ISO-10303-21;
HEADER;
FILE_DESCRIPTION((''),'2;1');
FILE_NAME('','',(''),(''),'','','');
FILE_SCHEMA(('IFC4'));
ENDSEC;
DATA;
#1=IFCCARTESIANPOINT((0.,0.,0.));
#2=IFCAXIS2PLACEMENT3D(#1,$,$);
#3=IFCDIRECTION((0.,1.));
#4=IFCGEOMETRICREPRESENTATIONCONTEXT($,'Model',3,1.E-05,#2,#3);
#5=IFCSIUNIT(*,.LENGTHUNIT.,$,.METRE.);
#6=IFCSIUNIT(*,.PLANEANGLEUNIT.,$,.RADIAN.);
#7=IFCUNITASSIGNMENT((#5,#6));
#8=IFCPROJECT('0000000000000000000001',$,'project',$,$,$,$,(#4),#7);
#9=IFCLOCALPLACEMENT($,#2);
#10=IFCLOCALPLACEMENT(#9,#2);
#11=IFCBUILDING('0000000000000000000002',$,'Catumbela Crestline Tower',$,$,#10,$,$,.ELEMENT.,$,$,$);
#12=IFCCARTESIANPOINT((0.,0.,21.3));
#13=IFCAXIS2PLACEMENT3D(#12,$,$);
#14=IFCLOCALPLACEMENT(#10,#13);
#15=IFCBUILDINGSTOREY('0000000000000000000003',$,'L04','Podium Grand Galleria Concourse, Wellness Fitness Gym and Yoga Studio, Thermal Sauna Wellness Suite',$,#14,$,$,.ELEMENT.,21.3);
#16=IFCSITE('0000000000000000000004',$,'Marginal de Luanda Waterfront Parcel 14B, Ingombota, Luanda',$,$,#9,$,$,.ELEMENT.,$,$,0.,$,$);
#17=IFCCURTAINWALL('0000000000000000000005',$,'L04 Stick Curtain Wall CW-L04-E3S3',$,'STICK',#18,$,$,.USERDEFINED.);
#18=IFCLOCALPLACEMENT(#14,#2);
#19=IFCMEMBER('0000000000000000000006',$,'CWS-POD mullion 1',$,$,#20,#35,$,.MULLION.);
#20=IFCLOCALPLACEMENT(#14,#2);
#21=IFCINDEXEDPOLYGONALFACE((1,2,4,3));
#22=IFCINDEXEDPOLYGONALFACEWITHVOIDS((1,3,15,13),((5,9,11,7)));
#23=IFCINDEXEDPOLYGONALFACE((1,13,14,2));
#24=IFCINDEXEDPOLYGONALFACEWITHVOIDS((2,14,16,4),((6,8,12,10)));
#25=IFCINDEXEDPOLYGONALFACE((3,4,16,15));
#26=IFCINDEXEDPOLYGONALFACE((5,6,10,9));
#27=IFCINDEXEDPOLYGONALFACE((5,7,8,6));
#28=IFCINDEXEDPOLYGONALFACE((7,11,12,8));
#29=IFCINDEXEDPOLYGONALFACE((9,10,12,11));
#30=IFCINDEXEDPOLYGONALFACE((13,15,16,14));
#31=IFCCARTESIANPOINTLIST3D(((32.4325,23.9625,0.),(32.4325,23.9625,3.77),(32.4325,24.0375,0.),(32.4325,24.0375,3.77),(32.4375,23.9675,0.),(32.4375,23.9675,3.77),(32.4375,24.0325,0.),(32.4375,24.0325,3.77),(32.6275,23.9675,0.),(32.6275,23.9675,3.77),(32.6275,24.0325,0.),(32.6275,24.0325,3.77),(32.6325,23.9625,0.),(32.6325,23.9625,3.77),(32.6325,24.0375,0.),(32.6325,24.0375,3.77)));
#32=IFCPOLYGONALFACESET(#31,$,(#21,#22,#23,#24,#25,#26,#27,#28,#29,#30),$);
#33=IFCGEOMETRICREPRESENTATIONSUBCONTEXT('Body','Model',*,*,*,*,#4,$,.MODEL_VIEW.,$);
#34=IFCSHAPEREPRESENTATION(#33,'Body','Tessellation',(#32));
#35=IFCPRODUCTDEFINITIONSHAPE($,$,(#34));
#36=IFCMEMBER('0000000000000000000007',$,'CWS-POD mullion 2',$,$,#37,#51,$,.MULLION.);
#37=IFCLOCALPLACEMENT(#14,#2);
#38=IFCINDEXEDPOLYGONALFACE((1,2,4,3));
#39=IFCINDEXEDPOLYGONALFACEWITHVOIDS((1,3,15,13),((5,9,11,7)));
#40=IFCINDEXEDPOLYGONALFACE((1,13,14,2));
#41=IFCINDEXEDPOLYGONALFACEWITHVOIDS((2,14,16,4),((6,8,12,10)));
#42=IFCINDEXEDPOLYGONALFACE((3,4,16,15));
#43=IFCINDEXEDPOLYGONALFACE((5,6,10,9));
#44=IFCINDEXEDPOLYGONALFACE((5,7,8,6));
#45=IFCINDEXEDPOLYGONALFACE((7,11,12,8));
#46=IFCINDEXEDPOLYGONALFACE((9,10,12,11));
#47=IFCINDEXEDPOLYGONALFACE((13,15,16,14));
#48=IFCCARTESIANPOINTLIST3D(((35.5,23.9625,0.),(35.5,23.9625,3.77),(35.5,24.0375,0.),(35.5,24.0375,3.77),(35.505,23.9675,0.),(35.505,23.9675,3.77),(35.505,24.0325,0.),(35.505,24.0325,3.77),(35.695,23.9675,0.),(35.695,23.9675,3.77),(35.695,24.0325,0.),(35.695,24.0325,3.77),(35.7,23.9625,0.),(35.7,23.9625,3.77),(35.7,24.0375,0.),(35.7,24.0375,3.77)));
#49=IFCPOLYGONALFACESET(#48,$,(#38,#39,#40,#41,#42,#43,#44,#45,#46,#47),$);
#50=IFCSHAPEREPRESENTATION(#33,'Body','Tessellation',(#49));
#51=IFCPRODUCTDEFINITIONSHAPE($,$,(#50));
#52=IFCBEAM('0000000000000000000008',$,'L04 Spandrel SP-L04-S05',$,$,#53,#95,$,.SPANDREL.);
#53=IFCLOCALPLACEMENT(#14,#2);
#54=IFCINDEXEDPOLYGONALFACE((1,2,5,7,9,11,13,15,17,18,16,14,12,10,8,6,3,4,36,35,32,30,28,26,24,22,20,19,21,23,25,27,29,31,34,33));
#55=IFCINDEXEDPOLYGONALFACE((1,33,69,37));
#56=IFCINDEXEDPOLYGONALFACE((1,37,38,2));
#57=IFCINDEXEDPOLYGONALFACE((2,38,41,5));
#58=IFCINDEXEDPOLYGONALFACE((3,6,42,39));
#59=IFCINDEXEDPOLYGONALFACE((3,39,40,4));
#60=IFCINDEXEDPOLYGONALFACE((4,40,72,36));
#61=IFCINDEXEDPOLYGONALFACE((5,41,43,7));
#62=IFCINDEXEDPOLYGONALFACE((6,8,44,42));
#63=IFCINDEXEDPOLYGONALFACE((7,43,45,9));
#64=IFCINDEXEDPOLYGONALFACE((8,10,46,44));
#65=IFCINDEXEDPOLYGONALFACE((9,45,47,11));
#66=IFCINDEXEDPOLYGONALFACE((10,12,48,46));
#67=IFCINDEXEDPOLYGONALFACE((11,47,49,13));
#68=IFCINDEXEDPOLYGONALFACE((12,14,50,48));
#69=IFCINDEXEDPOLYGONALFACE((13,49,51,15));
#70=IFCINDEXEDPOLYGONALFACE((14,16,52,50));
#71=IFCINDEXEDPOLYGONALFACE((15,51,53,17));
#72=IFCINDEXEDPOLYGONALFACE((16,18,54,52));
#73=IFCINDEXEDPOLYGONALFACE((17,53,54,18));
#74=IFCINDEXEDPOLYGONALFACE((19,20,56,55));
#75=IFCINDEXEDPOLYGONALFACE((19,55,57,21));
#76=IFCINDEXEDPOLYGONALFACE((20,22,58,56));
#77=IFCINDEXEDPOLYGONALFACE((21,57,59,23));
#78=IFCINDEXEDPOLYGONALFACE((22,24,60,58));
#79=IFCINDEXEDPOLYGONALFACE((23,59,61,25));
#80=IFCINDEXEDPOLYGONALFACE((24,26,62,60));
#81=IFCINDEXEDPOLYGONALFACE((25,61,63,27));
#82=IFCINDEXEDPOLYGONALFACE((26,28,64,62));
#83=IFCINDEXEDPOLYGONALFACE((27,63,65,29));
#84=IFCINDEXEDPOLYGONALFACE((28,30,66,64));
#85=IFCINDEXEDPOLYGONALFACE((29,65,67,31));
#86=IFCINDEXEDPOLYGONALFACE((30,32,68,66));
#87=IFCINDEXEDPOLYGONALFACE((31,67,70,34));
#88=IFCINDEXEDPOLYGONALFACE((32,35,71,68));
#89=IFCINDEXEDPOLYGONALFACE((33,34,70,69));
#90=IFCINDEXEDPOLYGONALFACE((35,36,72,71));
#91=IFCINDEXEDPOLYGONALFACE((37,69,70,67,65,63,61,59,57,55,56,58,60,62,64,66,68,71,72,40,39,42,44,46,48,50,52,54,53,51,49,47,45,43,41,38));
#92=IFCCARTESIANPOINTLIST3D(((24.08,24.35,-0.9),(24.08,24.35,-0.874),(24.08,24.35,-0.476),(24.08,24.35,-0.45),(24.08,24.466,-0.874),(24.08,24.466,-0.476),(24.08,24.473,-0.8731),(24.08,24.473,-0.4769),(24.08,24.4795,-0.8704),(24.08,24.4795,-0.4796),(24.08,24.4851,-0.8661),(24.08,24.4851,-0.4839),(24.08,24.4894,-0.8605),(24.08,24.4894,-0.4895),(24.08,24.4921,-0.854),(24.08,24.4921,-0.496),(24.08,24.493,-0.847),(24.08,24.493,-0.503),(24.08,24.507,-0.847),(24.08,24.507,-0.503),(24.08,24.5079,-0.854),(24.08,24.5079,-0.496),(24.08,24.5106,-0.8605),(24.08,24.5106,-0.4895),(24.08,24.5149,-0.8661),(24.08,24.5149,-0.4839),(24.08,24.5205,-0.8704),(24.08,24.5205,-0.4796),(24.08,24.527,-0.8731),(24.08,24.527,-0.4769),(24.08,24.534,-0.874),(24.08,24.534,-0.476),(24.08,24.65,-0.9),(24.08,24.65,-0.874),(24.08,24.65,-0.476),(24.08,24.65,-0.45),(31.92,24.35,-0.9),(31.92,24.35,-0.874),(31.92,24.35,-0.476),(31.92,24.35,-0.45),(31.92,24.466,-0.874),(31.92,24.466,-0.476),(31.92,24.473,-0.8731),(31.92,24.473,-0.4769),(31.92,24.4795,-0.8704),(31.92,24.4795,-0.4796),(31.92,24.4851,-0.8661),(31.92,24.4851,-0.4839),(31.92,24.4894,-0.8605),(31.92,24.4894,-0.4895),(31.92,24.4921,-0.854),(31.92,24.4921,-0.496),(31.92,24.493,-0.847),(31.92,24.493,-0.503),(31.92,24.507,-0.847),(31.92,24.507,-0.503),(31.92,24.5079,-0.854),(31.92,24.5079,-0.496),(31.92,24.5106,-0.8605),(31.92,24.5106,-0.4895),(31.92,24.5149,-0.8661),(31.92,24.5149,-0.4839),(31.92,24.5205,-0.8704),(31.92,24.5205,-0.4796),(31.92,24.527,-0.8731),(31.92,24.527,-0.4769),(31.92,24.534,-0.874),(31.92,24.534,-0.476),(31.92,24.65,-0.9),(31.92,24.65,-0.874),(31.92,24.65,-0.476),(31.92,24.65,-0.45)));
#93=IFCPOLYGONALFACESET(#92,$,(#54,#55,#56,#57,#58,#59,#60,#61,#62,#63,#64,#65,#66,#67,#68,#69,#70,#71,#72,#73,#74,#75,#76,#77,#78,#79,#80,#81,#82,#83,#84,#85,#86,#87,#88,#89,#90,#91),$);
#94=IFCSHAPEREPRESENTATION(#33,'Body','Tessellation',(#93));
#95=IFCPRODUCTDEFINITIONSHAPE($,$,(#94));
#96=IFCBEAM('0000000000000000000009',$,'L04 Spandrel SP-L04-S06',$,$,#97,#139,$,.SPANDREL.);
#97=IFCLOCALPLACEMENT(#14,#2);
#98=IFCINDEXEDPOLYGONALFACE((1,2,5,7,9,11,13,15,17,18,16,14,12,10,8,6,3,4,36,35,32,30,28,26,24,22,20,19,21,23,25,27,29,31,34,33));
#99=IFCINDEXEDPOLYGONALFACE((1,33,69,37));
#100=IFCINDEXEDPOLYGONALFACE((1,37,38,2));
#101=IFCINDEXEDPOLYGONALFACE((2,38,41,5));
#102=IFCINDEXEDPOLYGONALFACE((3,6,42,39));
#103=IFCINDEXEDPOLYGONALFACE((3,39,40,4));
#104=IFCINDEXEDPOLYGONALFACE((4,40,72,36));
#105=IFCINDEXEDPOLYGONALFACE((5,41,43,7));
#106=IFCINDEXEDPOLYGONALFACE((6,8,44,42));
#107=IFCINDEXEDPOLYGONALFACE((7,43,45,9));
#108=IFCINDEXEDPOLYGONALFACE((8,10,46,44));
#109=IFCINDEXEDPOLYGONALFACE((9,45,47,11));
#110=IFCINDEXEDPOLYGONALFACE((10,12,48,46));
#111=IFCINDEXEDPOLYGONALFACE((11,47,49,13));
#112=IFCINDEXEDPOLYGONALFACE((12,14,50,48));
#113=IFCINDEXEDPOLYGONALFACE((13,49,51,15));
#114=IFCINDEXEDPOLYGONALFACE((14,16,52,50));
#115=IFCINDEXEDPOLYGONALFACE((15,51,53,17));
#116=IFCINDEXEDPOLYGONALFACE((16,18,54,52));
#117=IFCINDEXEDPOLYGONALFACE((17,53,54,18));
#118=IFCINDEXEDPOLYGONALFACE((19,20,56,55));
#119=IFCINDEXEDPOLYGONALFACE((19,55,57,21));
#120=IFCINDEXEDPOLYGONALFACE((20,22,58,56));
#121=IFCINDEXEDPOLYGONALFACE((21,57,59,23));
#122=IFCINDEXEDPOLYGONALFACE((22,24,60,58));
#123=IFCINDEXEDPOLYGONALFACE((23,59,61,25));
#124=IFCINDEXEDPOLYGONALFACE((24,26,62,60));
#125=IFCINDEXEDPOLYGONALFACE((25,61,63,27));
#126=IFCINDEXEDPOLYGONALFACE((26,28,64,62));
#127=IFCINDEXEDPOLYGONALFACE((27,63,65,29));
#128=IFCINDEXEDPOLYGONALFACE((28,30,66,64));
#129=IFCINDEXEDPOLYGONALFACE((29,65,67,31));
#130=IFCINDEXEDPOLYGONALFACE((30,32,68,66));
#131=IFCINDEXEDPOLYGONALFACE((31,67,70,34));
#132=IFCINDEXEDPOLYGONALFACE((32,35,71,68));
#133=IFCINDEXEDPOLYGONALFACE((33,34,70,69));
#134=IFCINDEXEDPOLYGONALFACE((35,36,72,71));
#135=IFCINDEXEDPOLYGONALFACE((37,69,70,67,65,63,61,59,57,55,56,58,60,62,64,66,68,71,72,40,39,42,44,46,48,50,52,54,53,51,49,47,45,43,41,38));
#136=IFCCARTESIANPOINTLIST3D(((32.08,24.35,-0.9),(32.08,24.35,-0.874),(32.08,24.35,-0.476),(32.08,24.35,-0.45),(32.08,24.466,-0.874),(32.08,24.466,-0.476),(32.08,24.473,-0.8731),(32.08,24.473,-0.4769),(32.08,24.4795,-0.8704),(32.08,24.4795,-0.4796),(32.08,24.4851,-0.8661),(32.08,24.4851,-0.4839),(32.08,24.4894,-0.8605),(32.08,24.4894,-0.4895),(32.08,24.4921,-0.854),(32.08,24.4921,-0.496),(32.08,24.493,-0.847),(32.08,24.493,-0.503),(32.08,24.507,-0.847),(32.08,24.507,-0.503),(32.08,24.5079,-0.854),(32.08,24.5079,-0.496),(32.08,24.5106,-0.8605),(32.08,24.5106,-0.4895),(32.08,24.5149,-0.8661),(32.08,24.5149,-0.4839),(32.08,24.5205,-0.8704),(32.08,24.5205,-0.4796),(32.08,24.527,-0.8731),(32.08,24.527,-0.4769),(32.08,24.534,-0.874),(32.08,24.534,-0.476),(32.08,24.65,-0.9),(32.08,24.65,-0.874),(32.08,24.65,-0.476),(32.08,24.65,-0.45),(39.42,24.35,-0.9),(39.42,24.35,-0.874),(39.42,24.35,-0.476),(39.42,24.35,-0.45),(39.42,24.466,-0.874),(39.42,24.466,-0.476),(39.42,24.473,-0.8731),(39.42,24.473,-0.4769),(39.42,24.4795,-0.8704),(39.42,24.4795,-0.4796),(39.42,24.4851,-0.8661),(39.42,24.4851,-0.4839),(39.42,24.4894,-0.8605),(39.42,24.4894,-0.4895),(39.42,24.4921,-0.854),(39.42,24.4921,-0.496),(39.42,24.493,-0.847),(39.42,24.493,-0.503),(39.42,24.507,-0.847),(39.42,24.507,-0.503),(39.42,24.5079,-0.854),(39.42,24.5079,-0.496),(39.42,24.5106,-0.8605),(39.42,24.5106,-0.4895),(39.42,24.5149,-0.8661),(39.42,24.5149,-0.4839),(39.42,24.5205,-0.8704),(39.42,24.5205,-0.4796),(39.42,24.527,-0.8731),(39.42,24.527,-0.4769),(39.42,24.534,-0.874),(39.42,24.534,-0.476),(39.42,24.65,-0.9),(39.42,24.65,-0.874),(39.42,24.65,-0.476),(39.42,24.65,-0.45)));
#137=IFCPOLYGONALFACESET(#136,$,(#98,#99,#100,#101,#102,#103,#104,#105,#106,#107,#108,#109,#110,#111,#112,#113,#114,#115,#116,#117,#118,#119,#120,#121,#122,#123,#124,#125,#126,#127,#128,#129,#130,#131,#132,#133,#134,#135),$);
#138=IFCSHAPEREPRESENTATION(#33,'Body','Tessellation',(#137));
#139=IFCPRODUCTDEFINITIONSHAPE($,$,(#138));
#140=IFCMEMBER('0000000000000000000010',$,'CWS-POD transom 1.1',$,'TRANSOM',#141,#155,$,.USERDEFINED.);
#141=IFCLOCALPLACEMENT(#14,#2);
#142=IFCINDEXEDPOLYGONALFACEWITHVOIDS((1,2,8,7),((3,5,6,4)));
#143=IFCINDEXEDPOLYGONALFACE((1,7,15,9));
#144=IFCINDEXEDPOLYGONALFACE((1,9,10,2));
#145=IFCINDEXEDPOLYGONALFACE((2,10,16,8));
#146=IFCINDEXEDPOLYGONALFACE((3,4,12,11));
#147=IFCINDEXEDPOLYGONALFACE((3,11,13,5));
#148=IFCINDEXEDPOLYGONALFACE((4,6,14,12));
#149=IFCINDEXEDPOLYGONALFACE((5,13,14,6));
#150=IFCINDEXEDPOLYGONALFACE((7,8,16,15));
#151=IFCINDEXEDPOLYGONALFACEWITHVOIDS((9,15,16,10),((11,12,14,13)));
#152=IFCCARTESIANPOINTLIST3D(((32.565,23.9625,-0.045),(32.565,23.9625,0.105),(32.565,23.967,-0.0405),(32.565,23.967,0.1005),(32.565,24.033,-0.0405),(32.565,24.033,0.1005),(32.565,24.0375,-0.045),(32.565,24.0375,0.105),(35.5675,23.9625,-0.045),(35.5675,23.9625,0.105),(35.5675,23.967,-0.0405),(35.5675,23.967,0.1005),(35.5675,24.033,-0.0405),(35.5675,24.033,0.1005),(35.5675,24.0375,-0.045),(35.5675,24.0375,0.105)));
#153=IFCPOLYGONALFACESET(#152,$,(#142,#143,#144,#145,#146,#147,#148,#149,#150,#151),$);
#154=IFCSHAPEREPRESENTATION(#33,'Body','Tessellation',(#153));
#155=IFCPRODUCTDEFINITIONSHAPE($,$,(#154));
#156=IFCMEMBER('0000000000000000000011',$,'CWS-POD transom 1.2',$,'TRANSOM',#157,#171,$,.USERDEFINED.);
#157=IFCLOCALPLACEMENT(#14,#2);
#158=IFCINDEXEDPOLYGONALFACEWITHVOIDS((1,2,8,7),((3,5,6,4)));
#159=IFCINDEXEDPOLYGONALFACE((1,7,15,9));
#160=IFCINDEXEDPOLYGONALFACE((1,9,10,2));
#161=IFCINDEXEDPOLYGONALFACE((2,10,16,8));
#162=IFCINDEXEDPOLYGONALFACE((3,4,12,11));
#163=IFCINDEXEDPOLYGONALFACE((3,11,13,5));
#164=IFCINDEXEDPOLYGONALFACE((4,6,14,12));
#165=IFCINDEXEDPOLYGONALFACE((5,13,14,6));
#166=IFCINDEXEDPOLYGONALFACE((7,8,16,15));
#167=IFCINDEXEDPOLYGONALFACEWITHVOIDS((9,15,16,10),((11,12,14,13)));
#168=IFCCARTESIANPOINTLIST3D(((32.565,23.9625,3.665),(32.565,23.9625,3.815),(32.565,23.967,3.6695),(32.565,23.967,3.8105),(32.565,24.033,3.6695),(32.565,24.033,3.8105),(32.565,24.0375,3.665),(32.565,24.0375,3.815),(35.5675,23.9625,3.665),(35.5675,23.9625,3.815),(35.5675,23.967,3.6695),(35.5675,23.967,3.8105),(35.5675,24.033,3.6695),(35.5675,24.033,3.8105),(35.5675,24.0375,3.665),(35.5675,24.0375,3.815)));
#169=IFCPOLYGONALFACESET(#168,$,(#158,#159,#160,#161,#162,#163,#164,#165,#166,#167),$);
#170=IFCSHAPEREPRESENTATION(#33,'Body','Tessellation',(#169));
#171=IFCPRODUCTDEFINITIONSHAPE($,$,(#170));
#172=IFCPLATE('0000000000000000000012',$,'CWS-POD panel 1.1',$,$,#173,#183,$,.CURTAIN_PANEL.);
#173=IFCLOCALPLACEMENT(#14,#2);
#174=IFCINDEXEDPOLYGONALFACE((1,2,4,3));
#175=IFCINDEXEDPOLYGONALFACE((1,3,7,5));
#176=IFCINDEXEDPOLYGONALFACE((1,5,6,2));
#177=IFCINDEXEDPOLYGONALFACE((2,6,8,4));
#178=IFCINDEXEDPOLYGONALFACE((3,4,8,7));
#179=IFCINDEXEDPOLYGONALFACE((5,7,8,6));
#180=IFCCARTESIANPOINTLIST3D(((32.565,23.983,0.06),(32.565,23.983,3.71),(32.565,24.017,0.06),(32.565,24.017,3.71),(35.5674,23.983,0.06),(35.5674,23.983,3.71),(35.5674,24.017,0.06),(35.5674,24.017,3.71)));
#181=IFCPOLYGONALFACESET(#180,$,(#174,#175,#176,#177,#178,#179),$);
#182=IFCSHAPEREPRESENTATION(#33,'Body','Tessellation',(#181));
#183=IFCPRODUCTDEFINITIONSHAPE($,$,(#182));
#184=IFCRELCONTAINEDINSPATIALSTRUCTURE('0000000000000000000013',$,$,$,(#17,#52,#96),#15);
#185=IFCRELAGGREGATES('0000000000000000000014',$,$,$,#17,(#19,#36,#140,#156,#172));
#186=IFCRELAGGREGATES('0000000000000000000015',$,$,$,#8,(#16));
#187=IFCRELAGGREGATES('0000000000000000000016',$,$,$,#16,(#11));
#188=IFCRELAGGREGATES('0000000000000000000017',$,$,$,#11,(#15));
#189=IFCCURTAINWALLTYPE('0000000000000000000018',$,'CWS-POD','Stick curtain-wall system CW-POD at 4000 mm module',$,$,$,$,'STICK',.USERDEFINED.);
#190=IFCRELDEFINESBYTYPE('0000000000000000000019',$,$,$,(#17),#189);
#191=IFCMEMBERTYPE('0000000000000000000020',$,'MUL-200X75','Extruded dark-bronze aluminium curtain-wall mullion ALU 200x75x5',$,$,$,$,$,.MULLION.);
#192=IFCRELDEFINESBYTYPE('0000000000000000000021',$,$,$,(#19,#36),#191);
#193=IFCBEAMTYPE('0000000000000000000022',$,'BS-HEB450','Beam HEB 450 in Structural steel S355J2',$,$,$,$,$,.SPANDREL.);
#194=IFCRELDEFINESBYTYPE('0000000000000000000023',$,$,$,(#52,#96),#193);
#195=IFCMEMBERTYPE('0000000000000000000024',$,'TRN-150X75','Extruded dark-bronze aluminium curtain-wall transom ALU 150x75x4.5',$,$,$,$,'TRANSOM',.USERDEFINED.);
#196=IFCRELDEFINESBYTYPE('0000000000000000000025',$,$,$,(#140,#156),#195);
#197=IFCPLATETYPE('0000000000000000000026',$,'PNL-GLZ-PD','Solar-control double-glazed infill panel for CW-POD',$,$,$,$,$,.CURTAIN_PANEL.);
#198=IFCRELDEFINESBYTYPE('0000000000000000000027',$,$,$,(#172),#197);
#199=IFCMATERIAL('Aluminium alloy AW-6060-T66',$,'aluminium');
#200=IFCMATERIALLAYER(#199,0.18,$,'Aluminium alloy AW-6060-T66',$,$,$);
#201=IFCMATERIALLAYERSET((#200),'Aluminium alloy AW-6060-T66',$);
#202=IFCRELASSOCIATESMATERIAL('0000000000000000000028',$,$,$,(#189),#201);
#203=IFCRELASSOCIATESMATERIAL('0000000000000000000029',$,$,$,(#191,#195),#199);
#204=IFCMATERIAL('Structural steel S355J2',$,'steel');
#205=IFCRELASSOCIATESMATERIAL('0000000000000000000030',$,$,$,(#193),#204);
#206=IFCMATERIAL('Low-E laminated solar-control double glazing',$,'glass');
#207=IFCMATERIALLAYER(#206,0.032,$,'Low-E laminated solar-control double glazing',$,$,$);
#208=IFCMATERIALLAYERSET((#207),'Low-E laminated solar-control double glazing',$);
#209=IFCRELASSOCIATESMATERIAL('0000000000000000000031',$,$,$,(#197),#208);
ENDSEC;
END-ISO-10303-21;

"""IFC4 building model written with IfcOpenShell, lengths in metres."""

from ifc_helpers import new_model, si_unit, direction, frame, origin, origin_2d, place, context, subcontext, project, spatial, rectangle, hollow_rectangle, i_section, extrude, material, layer, layer_set, material_profile, profile_set, type_object, element, aggregate, save


model = new_model("IFC4")

# Units and contexts
model_context = context("Model", 3, precision=1e-05, world=origin(), true_north=direction((0.0, 1.0)))
body_context = subcontext(model_context, "Body", "Model", "MODEL_VIEW")
ifc_project = project(units=[si_unit("LENGTHUNIT", "METRE"), si_unit("PLANEANGLEUNIT", "RADIAN")], contexts=[model_context])

# Site, building, storey
site_placement = place(None, origin())
site = spatial("IfcSite", under=ifc_project, at=site_placement, Name="Marginal de Luanda Waterfront Parcel 14B, Ingombota, Luanda", CompositionType="ELEMENT", RefElevation=0.0)
building_placement = place(site_placement, origin())
building = spatial("IfcBuilding", under=site, at=building_placement, Name="Catumbela Crestline Tower", CompositionType="ELEMENT")
storey_placement = place(building_placement, frame((0.0, 0.0, 21.3)))
storey = spatial("IfcBuildingStorey", under=building, at=storey_placement, Name="L04", Description="Podium Grand Galleria Concourse, Wellness Fitness Gym and Yoga Studio, Thermal Sauna Wellness Suite", CompositionType="ELEMENT", Elevation=21.3)

# Shared definitions
ifc_material_1 = material(Name="Structural steel S355J2", Category="steel")

# Shared definitions
ifc_material_2 = material(Name="Aluminium alloy AW-6060-T66", Category="aluminium")
ifc_layer_1 = layer(ifc_material_2, 0.18, Name="Aluminium alloy AW-6060-T66")
ifc_layer_set_1 = layer_set([ifc_layer_1], Name="Aluminium alloy AW-6060-T66")
curtain_wall_type = type_object("IfcCurtainWallType", Name="CWS-POD", Description="Stick curtain-wall system CW-POD at 4000 mm module", ElementType="STICK", PredefinedType="USERDEFINED", material=ifc_layer_set_1)
ifc_material_profile_1 = material_profile(ifc_material_2, hollow_rectangle(XDim=0.075, YDim=0.2, WallThickness=0.005, at=origin_2d()), Name="ALU 200x75x5")
ifc_profile_set_1 = profile_set([ifc_material_profile_1], Name="Aluminium alloy AW-6060-T66")
member_type_1 = type_object("IfcMemberType", Name="MUL-200X75", Description="Extruded dark-bronze aluminium curtain-wall mullion ALU 200x75x5", PredefinedType="MULLION", material=ifc_profile_set_1)

# Curtain wall, members
curtain_wall_1_placement = place(storey_placement, origin())
curtain_wall_1 = element("IfcCurtainWall", 1, at=curtain_wall_1_placement, inside=storey, type_object=curtain_wall_type, Name="L04 Stick Curtain Wall CW-L04-E3S3", ObjectType="STICK", PredefinedType="USERDEFINED")
member_1_placement = place(storey_placement, frame((32.5325, 24.0, 0.0), z_axis=(0.0, 0.0, 1.0), x_axis=(0.0, 1.0, 0.0)))
member_1 = element("IfcMember", 2, at=member_1_placement, type_object=member_type_1, Name="CWS-POD mullion 1", PredefinedType="MULLION", context=body_context, shape_type="SweptSolid", body=[
    extrude(hollow_rectangle(XDim=0.075, YDim=0.2, WallThickness=0.005, at=origin_2d()), origin(), (0.0, 0.0, 1.0), 3.77),
])
member_2_placement = place(storey_placement, frame((35.6, 24.0, 0.0), z_axis=(0.0, 0.0, 1.0), x_axis=(0.0, 1.0, 0.0)))
member_2 = element("IfcMember", 3, at=member_2_placement, type_object=member_type_1, Name="CWS-POD mullion 2", PredefinedType="MULLION", context=body_context, shape_type="SweptSolid", body=[
    extrude(hollow_rectangle(XDim=0.075, YDim=0.2, WallThickness=0.005, at=origin_2d()), origin(), (0.0, 0.0, 1.0), 3.77),
])

# Beams
ifc_material_profile_2 = material_profile(ifc_material_1, i_section(OverallWidth=0.3, OverallDepth=0.45, WebThickness=0.014, FlangeThickness=0.026, FilletRadius=0.027, at=origin_2d()), Name="HEB 450")
ifc_profile_set_2 = profile_set([ifc_material_profile_2], Name="Structural steel S355J2")
beam_type_1 = type_object("IfcBeamType", Name="BS-HEB450", Description="Beam HEB 450 in Structural steel S355J2", PredefinedType="SPANDREL", material=ifc_profile_set_2)
beam_1_placement = place(storey_placement, frame((24.08, 24.5, -0.675), z_axis=(1.0, 0.0, 0.0), x_axis=(0.0, 1.0, 0.0)))
element("IfcBeam", 4, at=beam_1_placement, inside=storey, type_object=beam_type_1, Name="L04 Spandrel SP-L04-S05", PredefinedType="SPANDREL", context=body_context, shape_type="SweptSolid", body=[
    extrude(i_section(OverallWidth=0.3, OverallDepth=0.45, WebThickness=0.014, FlangeThickness=0.026, FilletRadius=0.027, at=origin_2d()), origin(), (0.0, 0.0, 1.0), 7.84),
])
beam_2_placement = place(storey_placement, frame((32.08, 24.5, -0.675), z_axis=(1.0, 0.0, 0.0), x_axis=(0.0, 1.0, 0.0)))
element("IfcBeam", 5, at=beam_2_placement, inside=storey, type_object=beam_type_1, Name="L04 Spandrel SP-L04-S06", PredefinedType="SPANDREL", context=body_context, shape_type="SweptSolid", body=[
    extrude(i_section(OverallWidth=0.3, OverallDepth=0.45, WebThickness=0.014, FlangeThickness=0.026, FilletRadius=0.027, at=origin_2d()), origin(), (0.0, 0.0, 1.0), 7.34),
])

# Members
ifc_material_profile_3 = material_profile(ifc_material_2, hollow_rectangle(XDim=0.075, YDim=0.15, WallThickness=0.0045, at=origin_2d()), Name="ALU 150x75x4.5")
ifc_profile_set_3 = profile_set([ifc_material_profile_3], Name="Aluminium alloy AW-6060-T66")
member_type_2 = type_object("IfcMemberType", Name="TRN-150X75", Description="Extruded dark-bronze aluminium curtain-wall transom ALU 150x75x4.5", ElementType="TRANSOM", PredefinedType="USERDEFINED", material=ifc_profile_set_3)
member_3_placement = place(storey_placement, frame((32.565, 24.0, 0.03), z_axis=(1.0, 0.0, 0.0), x_axis=(0.0, 1.0, 0.0)))
member_3 = element("IfcMember", 6, at=member_3_placement, type_object=member_type_2, Name="CWS-POD transom 1.1", ObjectType="TRANSOM", PredefinedType="USERDEFINED", context=body_context, shape_type="SweptSolid", body=[
    extrude(hollow_rectangle(XDim=0.075, YDim=0.15, WallThickness=0.0045, at=origin_2d()), origin(), (0.0, 0.0, 1.0), 3.0025),
])
member_4_placement = place(storey_placement, frame((32.565, 24.0, 3.74), z_axis=(1.0, 0.0, 0.0), x_axis=(0.0, 1.0, 0.0)))
member_4 = element("IfcMember", 7, at=member_4_placement, type_object=member_type_2, Name="CWS-POD transom 1.2", ObjectType="TRANSOM", PredefinedType="USERDEFINED", context=body_context, shape_type="SweptSolid", body=[
    extrude(hollow_rectangle(XDim=0.075, YDim=0.15, WallThickness=0.0045, at=origin_2d()), origin(), (0.0, 0.0, 1.0), 3.0025),
])

# Plate
ifc_material_3 = material(Name="Low-E laminated solar-control double glazing", Category="glass")
ifc_layer_2 = layer(ifc_material_3, 0.032, Name="Low-E laminated solar-control double glazing")
ifc_layer_set_2 = layer_set([ifc_layer_2], Name="Low-E laminated solar-control double glazing")
plate_type = type_object("IfcPlateType", Name="PNL-GLZ-PD", Description="Solar-control double-glazed infill panel for CW-POD", PredefinedType="CURTAIN_PANEL", material=ifc_layer_set_2)
plate_placement = place(storey_placement, frame((34.0662, 24.0, 0.06), z_axis=(0.0, 0.0, 1.0), x_axis=(1.0, 0.0, 0.0)))
plate = element("IfcPlate", 8, at=plate_placement, type_object=plate_type, Name="CWS-POD panel 1.1", PredefinedType="CURTAIN_PANEL", context=body_context, shape_type="SweptSolid", body=[
    extrude(rectangle(XDim=3.0025, YDim=0.034, at=origin_2d()), origin(), (0.0, 0.0, 1.0), 3.65),
])
aggregate(curtain_wall_1, [member_1, member_2, member_3, member_4, plate])

save(model, "model.ifc")
